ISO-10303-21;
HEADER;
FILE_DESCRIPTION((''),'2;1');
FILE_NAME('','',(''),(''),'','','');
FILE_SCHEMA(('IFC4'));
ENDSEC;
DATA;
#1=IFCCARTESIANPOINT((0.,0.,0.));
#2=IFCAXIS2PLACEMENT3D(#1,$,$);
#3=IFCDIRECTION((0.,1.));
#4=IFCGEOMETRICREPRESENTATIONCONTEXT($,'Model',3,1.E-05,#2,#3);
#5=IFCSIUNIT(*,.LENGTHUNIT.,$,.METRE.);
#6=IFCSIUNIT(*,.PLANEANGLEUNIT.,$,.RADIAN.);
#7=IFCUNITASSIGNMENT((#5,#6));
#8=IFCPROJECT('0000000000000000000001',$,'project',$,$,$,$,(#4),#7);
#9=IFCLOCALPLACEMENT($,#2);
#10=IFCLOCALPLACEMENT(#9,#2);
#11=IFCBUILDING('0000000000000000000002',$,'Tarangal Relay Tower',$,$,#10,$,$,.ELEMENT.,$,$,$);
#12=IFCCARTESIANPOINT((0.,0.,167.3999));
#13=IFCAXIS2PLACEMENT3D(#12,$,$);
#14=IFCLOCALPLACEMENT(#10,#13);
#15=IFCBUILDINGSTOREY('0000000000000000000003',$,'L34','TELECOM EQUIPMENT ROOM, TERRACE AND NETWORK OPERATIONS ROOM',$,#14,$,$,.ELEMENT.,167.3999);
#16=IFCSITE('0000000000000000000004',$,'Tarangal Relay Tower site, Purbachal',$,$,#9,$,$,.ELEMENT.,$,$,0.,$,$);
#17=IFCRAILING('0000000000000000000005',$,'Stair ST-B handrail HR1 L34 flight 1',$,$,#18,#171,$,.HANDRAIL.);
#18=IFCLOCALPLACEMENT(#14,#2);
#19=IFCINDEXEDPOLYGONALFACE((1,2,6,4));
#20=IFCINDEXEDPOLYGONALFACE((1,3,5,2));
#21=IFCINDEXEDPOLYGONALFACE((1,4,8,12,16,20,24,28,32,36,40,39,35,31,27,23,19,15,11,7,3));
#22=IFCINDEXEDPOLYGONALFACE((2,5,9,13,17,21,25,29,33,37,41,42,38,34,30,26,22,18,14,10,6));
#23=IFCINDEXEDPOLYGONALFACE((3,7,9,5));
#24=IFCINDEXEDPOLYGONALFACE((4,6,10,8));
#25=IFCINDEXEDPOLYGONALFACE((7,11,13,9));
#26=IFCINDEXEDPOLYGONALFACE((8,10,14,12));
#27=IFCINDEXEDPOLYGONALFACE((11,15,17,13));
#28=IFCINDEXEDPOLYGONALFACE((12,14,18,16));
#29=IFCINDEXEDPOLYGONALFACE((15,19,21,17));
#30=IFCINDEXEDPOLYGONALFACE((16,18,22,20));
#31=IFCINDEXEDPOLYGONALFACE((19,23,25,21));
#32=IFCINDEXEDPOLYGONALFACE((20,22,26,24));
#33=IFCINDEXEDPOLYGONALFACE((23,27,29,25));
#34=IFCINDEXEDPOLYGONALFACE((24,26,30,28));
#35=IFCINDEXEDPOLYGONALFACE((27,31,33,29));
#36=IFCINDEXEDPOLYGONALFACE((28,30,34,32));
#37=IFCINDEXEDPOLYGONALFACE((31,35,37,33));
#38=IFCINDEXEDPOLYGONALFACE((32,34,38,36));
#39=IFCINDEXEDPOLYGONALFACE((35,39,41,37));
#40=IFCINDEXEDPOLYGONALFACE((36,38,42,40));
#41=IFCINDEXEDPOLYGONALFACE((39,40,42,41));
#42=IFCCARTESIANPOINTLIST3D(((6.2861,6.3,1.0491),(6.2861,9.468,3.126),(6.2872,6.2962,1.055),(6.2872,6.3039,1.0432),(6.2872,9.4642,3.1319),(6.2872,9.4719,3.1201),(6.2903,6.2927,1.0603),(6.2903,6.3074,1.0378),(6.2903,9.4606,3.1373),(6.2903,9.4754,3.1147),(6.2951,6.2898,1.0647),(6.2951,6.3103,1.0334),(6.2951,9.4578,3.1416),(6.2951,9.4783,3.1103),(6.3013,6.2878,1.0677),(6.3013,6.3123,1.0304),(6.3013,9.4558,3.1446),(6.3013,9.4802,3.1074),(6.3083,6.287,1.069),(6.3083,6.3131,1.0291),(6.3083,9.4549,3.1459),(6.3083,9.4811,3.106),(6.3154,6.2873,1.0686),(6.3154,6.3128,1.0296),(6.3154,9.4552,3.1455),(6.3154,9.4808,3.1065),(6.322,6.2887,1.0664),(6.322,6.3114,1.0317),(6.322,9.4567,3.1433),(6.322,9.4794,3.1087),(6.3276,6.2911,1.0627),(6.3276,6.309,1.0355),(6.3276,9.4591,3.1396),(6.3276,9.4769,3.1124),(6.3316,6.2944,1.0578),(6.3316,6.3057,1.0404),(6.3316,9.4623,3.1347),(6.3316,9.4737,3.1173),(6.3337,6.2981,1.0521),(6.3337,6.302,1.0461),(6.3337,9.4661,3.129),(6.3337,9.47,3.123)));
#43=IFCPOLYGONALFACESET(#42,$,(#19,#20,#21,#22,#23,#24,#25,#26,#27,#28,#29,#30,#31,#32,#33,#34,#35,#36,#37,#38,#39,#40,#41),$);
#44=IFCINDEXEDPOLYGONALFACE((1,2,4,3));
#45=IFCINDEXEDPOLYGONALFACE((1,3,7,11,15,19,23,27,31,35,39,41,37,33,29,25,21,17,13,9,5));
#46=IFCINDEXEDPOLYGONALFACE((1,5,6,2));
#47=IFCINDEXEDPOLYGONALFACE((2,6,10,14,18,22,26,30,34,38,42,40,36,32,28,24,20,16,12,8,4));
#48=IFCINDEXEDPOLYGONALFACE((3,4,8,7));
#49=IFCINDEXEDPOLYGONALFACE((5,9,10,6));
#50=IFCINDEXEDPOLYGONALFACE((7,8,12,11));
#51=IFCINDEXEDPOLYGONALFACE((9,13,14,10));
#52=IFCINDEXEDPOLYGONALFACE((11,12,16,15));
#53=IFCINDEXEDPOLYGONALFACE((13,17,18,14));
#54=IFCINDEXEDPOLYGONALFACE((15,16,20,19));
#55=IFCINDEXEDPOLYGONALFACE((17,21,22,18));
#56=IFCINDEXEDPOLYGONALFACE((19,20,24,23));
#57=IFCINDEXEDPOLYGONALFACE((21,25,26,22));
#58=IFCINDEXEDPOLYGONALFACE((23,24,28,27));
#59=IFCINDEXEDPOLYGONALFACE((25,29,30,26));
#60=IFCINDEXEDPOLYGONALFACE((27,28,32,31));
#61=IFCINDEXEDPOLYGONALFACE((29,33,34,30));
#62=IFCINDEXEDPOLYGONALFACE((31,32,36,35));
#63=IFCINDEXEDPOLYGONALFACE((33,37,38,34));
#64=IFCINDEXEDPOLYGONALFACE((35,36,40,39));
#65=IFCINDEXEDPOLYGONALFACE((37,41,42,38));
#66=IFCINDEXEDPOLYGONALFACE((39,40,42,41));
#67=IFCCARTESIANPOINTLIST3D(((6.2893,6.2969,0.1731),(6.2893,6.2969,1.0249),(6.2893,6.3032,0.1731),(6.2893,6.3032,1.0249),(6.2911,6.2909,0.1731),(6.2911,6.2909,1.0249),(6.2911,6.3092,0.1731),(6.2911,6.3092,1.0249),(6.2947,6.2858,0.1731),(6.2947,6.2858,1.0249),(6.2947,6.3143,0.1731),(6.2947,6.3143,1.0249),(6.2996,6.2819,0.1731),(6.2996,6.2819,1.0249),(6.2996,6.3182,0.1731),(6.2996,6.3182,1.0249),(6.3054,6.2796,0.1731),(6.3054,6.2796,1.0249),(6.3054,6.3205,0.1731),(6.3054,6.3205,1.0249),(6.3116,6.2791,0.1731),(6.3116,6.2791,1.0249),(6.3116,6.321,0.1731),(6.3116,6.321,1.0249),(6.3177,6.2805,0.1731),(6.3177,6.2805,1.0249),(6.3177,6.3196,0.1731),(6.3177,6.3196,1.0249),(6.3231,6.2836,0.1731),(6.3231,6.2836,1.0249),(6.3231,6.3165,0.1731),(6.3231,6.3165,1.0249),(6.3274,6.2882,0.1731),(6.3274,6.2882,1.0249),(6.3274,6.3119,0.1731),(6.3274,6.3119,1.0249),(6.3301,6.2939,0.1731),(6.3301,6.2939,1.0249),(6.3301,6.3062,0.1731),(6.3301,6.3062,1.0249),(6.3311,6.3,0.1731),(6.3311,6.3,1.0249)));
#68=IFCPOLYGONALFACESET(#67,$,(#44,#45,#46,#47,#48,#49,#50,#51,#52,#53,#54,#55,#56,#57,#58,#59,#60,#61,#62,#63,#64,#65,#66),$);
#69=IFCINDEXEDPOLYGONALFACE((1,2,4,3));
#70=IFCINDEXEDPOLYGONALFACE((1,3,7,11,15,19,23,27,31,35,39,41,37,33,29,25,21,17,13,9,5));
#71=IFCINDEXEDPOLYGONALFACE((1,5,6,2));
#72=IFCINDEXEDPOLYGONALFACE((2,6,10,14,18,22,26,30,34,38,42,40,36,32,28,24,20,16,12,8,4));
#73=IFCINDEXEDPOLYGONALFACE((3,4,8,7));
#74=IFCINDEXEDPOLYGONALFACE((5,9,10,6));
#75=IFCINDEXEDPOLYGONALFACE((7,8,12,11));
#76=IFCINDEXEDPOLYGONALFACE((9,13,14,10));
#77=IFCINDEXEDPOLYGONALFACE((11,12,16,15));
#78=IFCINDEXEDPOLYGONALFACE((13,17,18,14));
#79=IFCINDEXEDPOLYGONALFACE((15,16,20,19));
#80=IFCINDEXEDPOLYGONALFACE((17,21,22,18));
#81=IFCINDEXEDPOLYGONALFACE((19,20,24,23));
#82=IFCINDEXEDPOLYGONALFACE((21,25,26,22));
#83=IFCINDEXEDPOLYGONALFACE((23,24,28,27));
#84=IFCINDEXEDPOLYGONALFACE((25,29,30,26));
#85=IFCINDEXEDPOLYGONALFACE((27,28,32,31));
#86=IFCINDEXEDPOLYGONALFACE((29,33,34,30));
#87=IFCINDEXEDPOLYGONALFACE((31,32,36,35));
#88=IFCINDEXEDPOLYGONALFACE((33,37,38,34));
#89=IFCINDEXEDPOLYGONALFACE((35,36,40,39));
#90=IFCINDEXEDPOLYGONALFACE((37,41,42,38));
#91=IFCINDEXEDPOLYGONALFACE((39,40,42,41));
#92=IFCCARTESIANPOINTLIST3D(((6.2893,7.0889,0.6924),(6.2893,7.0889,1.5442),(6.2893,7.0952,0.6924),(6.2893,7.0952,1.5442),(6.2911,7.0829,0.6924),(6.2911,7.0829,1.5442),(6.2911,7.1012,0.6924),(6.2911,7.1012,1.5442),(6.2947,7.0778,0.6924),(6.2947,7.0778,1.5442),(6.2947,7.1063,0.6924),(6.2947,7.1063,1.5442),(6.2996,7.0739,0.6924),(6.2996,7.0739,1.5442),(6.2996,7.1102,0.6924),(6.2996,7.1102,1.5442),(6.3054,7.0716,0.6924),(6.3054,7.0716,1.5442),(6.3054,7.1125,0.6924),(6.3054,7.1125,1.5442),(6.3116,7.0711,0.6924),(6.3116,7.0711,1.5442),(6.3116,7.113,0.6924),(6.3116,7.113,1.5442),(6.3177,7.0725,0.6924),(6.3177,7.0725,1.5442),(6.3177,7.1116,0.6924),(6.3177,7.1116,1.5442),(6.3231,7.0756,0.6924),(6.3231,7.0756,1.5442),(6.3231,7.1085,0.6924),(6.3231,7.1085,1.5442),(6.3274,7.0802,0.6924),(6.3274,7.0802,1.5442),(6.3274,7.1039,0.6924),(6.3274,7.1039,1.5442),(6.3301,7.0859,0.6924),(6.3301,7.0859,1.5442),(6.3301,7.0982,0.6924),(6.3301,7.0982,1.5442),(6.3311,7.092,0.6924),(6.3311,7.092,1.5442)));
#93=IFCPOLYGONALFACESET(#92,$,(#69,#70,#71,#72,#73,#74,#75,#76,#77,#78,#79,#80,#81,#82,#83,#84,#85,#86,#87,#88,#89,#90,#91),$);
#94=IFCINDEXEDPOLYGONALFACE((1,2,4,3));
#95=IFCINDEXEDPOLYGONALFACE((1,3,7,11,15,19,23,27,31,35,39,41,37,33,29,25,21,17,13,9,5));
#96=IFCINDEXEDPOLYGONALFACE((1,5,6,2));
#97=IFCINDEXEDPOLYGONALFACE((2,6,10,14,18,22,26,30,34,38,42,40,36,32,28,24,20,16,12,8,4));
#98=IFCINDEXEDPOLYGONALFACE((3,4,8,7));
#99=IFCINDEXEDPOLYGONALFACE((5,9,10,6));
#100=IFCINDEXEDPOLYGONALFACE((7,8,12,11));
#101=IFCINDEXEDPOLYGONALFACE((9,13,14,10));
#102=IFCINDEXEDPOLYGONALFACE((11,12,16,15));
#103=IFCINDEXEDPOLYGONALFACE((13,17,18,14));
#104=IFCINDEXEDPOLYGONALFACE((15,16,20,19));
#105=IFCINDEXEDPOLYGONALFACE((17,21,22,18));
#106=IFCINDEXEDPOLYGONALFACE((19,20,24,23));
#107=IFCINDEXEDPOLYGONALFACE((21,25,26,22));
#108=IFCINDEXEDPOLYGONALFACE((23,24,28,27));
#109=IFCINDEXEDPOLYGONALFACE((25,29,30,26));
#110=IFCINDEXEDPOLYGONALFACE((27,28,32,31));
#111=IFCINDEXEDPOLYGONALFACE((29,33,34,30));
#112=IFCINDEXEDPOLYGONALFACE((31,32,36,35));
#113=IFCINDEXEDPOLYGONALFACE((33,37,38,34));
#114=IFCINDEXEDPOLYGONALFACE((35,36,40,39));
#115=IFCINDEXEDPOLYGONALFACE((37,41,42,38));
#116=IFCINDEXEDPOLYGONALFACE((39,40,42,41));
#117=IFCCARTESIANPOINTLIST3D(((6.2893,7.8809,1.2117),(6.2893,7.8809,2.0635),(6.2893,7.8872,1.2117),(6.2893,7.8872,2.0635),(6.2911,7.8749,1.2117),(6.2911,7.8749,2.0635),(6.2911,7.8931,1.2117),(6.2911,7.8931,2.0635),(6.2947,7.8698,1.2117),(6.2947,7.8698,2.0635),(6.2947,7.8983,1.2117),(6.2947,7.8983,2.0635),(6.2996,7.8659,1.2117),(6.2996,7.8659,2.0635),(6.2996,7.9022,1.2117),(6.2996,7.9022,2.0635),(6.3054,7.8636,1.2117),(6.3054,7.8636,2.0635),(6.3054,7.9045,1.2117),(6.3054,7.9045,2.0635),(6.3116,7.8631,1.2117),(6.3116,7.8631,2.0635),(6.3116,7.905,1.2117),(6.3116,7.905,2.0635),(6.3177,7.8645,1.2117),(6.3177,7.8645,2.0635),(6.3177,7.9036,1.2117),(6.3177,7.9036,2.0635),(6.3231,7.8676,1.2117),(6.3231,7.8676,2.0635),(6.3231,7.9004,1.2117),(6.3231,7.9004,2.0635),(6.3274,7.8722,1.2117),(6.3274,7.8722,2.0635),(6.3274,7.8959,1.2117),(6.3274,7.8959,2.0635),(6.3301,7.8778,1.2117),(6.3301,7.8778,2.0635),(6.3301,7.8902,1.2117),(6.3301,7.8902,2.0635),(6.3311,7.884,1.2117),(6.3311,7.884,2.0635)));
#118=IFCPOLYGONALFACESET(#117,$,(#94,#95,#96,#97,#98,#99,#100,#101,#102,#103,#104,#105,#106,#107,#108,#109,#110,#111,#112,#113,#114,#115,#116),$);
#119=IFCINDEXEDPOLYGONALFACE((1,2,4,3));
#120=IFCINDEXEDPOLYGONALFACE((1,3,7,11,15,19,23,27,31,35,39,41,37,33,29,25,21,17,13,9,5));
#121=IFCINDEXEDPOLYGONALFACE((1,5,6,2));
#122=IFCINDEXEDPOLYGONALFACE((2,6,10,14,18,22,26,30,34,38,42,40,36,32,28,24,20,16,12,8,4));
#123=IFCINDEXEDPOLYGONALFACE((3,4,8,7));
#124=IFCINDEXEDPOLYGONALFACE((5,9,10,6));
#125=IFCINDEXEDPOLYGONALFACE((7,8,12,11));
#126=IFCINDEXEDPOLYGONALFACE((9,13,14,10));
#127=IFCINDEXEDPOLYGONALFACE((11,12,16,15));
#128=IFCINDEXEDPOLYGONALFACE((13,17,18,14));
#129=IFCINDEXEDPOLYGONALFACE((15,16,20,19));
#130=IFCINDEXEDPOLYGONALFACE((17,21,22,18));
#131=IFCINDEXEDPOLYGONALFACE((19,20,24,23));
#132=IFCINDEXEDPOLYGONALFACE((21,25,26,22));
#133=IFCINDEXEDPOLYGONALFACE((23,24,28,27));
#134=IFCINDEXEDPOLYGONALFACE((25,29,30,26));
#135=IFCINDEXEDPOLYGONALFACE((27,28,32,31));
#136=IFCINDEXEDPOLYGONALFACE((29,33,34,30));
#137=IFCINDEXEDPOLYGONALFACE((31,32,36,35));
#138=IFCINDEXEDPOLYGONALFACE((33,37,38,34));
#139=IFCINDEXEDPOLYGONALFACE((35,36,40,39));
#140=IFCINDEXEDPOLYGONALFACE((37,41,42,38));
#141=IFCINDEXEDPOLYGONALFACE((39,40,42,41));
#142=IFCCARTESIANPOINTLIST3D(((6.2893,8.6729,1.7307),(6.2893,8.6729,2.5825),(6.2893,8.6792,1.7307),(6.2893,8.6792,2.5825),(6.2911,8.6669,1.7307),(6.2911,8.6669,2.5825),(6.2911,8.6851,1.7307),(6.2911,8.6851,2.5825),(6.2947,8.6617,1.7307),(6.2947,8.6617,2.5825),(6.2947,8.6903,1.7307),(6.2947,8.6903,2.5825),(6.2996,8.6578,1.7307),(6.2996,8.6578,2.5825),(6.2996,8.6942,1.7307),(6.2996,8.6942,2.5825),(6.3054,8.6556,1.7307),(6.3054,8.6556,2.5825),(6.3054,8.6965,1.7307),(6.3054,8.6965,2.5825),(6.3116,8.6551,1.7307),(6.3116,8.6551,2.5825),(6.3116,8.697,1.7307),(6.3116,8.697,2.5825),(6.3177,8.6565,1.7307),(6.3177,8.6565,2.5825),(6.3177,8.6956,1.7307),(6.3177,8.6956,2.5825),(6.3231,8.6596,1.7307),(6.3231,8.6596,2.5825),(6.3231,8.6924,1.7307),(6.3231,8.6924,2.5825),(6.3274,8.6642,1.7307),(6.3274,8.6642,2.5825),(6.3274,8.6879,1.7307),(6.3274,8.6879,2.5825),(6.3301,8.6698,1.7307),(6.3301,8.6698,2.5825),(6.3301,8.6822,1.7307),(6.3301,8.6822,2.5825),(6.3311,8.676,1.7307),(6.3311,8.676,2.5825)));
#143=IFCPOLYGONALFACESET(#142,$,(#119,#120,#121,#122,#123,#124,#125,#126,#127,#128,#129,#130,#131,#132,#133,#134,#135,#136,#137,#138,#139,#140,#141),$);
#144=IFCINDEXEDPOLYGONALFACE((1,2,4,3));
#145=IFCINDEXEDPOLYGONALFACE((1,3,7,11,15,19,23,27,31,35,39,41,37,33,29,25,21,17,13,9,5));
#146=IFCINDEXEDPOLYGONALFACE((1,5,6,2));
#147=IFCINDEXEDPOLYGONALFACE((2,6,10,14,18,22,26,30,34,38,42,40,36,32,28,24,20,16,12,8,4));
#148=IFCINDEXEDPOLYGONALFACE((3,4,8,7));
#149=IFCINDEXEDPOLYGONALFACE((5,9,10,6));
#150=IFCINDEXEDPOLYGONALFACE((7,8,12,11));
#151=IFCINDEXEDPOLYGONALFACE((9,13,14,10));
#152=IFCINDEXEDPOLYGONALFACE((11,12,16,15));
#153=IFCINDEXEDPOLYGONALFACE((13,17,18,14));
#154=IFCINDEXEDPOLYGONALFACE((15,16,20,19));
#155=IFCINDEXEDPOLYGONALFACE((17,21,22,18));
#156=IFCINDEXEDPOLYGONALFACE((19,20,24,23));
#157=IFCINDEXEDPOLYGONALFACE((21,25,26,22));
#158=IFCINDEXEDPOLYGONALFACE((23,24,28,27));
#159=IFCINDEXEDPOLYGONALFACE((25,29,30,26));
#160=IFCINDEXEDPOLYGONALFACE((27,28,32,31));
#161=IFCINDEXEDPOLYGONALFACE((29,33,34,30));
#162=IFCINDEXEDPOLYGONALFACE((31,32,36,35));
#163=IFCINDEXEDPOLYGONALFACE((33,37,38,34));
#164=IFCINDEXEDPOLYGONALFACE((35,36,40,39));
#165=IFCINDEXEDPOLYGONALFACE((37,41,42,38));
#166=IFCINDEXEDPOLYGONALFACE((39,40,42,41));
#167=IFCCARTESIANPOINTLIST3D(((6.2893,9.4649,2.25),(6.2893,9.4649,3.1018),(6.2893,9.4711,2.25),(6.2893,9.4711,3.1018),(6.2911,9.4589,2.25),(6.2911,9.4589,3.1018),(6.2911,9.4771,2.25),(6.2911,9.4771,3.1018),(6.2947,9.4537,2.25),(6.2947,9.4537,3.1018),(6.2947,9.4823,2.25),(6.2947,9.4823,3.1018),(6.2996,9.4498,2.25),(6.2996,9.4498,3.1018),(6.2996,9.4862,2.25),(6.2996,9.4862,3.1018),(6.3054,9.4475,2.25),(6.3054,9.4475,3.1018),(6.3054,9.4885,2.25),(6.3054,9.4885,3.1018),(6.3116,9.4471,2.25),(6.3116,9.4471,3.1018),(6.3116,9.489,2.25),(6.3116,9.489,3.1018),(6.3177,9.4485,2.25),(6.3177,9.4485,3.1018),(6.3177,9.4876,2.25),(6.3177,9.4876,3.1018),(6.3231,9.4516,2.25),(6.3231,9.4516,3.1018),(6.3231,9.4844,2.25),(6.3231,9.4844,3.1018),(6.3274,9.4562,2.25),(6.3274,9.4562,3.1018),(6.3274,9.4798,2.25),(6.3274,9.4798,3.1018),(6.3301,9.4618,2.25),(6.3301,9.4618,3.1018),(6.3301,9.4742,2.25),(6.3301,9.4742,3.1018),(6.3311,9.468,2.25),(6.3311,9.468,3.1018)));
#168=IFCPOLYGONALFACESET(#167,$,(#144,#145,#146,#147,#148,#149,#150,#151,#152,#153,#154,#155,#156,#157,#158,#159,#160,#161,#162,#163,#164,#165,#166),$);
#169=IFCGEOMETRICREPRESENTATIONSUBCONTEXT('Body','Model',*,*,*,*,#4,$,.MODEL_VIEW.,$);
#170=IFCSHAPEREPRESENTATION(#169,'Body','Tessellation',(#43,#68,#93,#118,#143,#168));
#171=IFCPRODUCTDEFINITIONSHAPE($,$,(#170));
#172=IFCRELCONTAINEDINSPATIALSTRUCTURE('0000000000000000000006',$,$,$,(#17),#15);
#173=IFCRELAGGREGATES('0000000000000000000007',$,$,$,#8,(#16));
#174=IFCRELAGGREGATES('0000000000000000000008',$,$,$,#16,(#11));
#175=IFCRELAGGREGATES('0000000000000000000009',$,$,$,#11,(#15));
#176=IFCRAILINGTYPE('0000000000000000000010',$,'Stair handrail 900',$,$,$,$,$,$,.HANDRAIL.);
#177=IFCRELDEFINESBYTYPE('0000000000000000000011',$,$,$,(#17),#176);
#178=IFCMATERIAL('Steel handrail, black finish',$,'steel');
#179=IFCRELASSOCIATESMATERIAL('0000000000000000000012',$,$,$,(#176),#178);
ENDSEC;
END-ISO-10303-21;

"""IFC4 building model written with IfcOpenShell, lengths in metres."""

from ifc_helpers import new_model, si_unit, direction, frame, origin, origin_2d, place, context, subcontext, project, spatial, circle, extrude, material, type_object, element, save


model = new_model("IFC4")

# Units and contexts
model_context = context("Model", 3, precision=1e-05, world=origin(), true_north=direction((0.0, 1.0)))
body_context = subcontext(model_context, "Body", "Model", "MODEL_VIEW")
ifc_project = project(units=[si_unit("LENGTHUNIT", "METRE"), si_unit("PLANEANGLEUNIT", "RADIAN")], contexts=[model_context])

# Site, building, storey
site_placement = place(None, origin())
site = spatial("IfcSite", under=ifc_project, at=site_placement, Name="Tarangal Relay Tower site, Purbachal", CompositionType="ELEMENT", RefElevation=0.0)
building_placement = place(site_placement, origin())
building = spatial("IfcBuilding", under=site, at=building_placement, Name="Tarangal Relay Tower", CompositionType="ELEMENT")
storey_placement = place(building_placement, frame((0.0, 0.0, 167.3999)))
storey = spatial("IfcBuildingStorey", under=building, at=storey_placement, Name="L34", Description="TELECOM EQUIPMENT ROOM, TERRACE AND NETWORK OPERATIONS ROOM", CompositionType="ELEMENT", Elevation=167.3999)

# Railing
ifc_material_1 = material(Name="Steel handrail, black finish", Category="steel")
railing_type_1 = type_object("IfcRailingType", Name="Stair handrail 900", PredefinedType="HANDRAIL", material=ifc_material_1)
railing_1_placement = place(storey_placement, frame((6.3101, 6.3, 0.1731)))
element("IfcRailing", 1, at=railing_1_placement, inside=storey, type_object=railing_type_1, Name="Stair ST-B handrail HR1 L34 flight 1", PredefinedType="HANDRAIL", context=body_context, shape_type="SweptSolid", body=[
    extrude(circle(Radius=0.0239, at=origin_2d()), frame((0.0, 0.0, 0.876), z_axis=(0.0, 0.836299, 0.548273), x_axis=(-1.0, 0.0, 0.0)), (0.0, 0.0, 1.0), 3.7881),
    extrude(circle(Radius=0.021, at=origin_2d()), origin(), (0.0, 0.0, 1.0), 0.8518),
    extrude(circle(Radius=0.021, at=origin_2d()), frame((0.0, 0.792, 0.5193)), (0.0, 0.0, 1.0), 0.8518),
    extrude(circle(Radius=0.021, at=origin_2d()), frame((0.0, 1.584, 1.0386)), (0.0, 0.0, 1.0), 0.8518),
    extrude(circle(Radius=0.021, at=origin_2d()), frame((0.0, 2.376, 1.5576)), (0.0, 0.0, 1.0), 0.8518),
    extrude(circle(Radius=0.021, at=origin_2d()), frame((0.0, 3.168, 2.0769)), (0.0, 0.0, 1.0), 0.8518),
])

save(model, "model.ifc")
